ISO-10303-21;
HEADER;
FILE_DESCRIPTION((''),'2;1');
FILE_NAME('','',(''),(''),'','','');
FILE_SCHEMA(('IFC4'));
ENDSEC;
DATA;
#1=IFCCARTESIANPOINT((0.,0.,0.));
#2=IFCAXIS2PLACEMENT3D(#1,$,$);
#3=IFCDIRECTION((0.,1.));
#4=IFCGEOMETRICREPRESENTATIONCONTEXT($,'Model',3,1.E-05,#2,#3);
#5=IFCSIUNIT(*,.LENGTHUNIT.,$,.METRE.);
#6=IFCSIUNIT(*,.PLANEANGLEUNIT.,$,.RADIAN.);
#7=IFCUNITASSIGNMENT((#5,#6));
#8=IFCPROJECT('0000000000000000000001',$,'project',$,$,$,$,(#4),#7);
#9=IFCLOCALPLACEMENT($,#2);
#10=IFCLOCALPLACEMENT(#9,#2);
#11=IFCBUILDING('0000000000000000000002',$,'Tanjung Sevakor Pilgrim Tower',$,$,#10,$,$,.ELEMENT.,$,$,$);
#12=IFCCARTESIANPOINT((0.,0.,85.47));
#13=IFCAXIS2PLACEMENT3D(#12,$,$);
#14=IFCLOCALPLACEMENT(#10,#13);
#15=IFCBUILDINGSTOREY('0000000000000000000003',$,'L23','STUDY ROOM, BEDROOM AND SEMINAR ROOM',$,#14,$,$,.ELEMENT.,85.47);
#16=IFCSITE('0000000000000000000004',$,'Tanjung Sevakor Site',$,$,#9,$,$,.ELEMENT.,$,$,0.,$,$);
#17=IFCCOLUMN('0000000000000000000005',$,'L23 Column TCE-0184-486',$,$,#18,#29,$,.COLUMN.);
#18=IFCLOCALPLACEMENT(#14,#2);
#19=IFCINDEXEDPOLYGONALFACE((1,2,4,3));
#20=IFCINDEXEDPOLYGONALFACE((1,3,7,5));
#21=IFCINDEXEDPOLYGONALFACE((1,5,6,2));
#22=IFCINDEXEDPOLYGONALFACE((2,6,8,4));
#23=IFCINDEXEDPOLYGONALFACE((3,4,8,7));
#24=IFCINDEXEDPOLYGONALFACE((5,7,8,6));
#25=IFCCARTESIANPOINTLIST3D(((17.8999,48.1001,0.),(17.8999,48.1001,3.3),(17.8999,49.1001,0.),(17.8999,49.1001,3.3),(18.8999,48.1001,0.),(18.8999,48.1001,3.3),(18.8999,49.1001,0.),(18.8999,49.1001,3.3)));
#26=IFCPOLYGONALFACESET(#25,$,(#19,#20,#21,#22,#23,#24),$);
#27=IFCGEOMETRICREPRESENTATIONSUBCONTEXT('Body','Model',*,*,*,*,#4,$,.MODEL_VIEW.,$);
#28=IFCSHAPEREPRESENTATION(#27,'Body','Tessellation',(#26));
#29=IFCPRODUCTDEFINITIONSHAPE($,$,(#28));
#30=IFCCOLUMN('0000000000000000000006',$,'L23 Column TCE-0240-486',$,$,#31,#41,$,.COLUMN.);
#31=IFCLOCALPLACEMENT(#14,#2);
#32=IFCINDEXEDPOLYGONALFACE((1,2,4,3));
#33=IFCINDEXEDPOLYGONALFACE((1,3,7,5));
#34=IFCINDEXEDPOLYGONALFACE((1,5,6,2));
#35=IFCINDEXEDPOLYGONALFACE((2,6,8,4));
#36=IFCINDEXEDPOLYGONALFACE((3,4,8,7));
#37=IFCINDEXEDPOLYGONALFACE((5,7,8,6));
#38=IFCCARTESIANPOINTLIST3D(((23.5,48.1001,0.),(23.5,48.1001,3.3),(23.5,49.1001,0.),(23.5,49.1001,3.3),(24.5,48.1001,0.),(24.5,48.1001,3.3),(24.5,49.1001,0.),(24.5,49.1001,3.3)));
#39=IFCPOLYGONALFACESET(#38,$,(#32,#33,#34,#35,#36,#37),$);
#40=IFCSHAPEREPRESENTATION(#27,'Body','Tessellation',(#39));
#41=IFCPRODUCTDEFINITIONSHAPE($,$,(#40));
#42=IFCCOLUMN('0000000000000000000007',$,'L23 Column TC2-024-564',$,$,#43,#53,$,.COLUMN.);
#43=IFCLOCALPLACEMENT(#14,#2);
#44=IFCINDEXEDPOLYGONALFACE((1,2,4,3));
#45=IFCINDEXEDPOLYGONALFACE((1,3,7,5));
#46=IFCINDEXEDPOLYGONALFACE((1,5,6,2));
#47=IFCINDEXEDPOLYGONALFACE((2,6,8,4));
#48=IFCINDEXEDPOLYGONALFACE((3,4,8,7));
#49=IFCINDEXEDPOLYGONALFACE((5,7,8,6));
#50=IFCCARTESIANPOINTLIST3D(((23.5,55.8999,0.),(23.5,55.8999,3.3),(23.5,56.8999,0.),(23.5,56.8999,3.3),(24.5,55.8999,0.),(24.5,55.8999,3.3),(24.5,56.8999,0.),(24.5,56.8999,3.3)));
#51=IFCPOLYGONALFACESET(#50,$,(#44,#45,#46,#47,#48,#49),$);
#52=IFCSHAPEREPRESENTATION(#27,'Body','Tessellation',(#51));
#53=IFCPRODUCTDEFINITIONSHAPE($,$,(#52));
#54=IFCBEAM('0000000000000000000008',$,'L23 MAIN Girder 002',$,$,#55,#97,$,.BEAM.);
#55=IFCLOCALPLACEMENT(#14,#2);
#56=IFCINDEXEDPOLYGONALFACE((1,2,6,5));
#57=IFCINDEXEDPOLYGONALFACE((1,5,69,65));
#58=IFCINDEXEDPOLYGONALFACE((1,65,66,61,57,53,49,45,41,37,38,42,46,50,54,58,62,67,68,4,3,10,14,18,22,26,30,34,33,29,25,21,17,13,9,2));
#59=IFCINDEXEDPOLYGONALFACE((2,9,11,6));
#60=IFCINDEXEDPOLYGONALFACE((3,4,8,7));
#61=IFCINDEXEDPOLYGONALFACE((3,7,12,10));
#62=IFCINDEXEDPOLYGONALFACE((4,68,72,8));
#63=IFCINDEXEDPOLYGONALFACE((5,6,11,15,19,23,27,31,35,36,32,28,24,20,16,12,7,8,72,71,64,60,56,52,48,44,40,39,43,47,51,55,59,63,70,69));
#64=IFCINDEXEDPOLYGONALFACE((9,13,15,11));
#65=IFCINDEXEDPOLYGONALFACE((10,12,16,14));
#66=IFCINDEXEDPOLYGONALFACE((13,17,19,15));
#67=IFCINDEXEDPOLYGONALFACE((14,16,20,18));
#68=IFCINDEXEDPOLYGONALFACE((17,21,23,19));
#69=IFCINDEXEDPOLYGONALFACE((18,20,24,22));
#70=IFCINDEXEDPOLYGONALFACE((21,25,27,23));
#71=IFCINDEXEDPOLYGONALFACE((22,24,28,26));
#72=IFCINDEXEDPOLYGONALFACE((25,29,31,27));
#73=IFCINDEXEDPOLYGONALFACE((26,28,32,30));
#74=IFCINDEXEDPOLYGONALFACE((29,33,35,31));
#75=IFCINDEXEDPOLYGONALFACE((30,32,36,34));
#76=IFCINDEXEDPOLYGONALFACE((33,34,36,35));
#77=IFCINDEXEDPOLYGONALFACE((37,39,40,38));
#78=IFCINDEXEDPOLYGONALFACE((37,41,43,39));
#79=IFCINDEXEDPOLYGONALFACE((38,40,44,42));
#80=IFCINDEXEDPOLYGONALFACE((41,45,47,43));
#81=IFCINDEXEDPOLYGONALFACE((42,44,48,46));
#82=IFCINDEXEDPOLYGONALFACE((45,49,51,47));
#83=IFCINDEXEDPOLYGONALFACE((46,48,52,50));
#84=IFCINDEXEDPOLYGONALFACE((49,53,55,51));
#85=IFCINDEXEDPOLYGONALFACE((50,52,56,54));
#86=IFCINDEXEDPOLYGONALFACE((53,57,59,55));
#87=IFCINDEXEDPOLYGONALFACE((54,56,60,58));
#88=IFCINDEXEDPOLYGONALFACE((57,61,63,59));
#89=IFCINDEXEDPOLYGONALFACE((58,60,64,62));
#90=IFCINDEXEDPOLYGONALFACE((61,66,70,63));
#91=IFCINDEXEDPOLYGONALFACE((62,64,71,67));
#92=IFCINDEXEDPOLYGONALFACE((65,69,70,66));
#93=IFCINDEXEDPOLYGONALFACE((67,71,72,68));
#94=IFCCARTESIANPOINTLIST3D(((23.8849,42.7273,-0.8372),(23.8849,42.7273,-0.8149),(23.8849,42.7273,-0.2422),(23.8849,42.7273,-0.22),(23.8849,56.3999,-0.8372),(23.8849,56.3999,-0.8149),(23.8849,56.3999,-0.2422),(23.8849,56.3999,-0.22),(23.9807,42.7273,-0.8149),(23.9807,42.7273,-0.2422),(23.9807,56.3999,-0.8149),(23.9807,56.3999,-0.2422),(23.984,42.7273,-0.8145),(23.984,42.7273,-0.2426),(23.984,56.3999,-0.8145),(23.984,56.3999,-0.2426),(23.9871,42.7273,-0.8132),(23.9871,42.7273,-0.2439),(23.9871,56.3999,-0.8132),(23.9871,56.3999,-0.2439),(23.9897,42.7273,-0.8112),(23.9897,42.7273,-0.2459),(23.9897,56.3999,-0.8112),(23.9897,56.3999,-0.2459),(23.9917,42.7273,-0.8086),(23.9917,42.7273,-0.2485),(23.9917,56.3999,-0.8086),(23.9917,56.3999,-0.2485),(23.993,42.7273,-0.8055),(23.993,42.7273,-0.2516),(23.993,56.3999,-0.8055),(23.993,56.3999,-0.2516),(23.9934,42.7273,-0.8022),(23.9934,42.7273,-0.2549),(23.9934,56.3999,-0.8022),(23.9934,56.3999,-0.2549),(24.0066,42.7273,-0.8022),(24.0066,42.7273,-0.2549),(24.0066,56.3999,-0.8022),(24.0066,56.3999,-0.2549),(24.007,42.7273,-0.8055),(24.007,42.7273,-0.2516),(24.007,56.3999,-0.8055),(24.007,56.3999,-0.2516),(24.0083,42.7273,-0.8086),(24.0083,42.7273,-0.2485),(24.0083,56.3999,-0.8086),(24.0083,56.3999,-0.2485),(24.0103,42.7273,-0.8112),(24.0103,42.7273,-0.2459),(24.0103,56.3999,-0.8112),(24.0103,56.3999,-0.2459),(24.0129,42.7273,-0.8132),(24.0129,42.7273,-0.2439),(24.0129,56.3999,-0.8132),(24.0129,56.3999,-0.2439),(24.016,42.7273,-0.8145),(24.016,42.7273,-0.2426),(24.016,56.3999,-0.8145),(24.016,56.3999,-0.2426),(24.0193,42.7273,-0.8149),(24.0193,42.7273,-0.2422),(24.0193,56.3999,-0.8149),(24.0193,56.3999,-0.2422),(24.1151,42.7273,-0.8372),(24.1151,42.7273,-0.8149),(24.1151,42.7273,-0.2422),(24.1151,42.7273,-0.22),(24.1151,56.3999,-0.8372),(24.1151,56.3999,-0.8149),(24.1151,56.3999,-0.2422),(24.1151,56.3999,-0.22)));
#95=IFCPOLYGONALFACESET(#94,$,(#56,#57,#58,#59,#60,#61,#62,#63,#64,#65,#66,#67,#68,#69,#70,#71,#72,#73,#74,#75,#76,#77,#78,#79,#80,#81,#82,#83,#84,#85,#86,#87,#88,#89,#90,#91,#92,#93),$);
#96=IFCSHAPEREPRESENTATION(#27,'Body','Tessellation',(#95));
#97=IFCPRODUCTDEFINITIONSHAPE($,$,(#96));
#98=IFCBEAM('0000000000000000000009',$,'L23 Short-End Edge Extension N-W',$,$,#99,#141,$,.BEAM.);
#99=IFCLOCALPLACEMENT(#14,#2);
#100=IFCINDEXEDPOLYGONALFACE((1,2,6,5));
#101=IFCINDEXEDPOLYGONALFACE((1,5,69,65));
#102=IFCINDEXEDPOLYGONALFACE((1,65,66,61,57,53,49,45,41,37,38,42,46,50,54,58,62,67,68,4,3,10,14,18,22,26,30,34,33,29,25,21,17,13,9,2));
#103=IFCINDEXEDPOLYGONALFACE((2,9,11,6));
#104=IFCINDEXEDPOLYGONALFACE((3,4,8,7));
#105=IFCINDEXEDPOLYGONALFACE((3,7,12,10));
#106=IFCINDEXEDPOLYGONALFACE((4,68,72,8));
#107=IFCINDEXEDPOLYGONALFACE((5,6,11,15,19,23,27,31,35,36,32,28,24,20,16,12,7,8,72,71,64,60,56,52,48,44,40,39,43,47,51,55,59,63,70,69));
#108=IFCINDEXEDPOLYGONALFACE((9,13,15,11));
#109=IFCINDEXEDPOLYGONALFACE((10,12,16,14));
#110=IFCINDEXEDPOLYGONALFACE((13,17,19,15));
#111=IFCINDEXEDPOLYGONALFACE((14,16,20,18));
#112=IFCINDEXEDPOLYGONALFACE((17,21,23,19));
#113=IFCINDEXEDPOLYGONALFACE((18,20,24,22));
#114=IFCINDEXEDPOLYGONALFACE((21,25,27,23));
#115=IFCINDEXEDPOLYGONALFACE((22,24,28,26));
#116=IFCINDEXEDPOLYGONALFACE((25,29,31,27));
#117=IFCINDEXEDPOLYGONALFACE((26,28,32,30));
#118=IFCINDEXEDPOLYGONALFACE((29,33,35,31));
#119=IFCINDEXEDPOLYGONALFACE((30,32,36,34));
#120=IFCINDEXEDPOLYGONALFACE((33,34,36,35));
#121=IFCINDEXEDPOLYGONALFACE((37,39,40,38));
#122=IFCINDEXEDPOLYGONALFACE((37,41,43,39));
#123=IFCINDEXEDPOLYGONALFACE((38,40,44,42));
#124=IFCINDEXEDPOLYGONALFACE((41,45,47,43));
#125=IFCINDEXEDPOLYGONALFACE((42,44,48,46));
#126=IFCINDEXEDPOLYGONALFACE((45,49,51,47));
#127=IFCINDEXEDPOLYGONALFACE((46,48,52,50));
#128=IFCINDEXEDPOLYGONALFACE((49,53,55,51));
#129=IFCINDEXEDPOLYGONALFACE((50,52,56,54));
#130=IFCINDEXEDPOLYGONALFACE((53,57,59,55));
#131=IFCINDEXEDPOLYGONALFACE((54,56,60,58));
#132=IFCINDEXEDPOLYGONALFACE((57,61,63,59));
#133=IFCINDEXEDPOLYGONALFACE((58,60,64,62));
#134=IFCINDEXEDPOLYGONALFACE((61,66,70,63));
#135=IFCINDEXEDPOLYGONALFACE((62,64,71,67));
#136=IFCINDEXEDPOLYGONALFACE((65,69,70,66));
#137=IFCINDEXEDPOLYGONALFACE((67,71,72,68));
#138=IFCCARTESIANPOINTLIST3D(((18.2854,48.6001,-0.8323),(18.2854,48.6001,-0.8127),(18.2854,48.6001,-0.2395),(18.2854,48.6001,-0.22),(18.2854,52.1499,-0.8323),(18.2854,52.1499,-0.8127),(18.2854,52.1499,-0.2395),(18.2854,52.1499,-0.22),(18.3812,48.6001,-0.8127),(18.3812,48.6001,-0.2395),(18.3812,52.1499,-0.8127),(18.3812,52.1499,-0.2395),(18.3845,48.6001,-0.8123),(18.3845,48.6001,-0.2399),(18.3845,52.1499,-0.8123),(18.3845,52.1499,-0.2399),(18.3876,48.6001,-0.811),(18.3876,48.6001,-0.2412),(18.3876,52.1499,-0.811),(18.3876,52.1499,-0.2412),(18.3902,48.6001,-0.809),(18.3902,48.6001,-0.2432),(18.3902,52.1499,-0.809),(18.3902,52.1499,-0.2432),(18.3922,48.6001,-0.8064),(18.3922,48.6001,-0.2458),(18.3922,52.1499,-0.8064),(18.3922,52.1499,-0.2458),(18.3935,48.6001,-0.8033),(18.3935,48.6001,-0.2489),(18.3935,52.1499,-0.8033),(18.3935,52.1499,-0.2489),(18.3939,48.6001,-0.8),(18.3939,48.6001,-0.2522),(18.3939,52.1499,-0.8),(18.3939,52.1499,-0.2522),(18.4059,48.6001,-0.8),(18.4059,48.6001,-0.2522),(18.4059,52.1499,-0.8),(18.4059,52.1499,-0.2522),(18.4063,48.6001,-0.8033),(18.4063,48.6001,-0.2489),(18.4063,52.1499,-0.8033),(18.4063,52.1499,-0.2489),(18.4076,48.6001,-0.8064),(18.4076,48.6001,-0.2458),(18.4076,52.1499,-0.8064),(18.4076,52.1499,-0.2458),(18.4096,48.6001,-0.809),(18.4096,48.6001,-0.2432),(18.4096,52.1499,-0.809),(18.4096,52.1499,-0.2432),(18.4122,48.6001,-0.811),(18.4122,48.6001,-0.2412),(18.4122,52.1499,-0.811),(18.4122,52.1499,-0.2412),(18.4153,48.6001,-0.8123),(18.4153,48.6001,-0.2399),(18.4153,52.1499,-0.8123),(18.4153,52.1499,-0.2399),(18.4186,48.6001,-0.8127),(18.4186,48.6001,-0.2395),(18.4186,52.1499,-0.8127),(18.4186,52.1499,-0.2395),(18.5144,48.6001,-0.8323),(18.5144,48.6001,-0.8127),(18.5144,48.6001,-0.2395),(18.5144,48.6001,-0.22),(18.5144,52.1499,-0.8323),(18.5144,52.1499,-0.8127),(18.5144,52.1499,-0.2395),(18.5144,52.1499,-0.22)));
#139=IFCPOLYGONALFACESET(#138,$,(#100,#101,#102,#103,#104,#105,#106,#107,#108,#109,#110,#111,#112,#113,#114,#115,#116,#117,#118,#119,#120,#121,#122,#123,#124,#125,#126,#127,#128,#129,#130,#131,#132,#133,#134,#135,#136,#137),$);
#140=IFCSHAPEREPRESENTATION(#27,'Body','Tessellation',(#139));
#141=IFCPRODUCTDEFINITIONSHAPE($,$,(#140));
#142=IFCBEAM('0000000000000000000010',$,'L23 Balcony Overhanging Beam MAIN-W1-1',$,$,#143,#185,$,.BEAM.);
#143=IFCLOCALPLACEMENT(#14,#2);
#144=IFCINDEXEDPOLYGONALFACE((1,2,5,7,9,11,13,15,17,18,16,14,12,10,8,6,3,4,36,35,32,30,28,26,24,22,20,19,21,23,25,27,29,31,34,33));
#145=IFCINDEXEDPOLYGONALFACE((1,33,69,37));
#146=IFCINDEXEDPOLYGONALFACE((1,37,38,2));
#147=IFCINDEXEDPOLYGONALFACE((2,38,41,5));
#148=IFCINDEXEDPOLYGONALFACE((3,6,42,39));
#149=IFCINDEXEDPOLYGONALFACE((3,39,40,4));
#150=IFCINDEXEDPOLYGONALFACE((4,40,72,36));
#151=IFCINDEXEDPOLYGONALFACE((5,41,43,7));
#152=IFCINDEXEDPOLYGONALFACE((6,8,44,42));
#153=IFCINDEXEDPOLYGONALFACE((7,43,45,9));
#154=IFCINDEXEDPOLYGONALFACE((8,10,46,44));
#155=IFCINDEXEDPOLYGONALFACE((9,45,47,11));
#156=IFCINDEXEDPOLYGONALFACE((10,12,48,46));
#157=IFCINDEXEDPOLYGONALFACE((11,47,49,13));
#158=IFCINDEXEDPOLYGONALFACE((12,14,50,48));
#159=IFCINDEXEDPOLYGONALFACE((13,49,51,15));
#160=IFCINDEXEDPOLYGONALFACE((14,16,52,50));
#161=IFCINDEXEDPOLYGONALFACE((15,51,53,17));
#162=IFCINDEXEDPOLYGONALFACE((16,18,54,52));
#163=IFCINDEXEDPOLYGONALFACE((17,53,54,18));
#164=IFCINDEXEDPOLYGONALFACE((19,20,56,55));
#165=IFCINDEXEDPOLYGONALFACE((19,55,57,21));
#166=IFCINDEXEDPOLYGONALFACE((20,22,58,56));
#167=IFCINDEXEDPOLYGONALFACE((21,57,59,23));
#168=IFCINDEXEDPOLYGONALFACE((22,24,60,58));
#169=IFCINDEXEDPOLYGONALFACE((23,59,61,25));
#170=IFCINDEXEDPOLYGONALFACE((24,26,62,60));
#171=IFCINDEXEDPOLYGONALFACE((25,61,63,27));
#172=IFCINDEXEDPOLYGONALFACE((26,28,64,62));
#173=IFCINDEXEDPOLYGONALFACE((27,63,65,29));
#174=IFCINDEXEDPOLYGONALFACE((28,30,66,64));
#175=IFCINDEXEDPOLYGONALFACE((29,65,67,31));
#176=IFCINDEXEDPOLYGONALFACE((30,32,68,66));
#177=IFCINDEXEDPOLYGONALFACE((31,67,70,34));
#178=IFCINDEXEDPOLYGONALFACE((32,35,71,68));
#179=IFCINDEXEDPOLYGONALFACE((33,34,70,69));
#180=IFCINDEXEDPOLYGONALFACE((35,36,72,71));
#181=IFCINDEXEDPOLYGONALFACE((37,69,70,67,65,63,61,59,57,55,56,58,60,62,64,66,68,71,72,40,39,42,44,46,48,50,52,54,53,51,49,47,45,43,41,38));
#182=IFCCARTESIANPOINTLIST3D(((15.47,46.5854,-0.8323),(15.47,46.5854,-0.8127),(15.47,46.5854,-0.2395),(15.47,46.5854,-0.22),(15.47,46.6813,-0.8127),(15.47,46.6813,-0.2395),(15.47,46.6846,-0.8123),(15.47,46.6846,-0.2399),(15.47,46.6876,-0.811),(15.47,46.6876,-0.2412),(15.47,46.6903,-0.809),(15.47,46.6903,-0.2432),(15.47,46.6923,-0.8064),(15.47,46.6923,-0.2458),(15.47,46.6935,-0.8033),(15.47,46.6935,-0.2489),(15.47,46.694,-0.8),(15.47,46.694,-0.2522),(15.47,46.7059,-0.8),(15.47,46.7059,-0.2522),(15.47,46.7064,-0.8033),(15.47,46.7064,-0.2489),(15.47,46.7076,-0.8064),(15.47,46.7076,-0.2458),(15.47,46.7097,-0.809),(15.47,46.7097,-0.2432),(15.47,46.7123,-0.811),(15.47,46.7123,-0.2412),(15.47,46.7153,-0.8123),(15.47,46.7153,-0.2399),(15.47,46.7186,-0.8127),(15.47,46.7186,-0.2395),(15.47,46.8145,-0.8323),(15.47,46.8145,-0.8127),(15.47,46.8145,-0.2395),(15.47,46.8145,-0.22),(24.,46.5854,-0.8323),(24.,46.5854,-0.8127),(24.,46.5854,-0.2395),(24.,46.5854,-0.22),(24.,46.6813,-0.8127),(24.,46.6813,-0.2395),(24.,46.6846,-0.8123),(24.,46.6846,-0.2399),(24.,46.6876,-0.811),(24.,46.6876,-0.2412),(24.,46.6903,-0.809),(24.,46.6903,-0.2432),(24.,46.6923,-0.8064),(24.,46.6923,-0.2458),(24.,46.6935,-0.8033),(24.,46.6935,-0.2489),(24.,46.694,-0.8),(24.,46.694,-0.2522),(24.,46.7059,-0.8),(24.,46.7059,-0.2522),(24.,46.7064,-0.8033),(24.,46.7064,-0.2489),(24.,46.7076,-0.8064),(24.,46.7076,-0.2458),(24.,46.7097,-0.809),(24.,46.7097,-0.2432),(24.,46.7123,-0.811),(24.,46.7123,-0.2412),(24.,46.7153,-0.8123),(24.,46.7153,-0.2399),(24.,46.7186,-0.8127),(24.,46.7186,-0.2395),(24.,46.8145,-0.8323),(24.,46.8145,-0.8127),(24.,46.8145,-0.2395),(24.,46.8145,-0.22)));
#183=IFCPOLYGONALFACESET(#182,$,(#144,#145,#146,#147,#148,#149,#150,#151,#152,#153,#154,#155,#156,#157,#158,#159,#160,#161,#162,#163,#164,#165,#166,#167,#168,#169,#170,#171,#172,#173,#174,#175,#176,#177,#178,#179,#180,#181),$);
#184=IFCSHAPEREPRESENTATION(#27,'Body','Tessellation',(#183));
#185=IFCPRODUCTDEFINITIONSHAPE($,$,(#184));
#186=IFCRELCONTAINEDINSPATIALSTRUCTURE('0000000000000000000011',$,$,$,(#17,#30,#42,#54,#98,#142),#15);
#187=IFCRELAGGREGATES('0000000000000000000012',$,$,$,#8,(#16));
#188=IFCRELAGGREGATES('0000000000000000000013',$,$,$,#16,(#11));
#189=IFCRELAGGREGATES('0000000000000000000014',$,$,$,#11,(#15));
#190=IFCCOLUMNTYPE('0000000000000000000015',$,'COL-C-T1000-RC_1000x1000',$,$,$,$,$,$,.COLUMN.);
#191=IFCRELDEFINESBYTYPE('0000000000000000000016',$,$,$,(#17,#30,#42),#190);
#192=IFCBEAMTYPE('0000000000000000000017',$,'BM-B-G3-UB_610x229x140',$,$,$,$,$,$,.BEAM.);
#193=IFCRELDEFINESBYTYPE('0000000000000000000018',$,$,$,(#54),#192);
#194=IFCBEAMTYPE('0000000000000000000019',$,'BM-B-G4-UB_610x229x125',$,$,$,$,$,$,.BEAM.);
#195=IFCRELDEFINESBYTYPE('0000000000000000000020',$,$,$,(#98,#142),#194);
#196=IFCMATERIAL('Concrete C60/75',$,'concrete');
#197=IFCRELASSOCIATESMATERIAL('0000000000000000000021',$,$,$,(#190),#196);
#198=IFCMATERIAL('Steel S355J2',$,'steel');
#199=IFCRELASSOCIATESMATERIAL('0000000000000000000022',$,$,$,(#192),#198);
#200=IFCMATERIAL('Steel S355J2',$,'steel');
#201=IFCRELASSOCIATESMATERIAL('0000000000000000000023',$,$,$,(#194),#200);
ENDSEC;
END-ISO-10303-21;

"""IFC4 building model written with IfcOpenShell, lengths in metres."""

from ifc_helpers import new_model, si_unit, direction, frame, origin, origin_2d, place, context, subcontext, project, spatial, rectangle, i_section, extrude, material, material_profile, profile_set, type_object, element, save


model = new_model("IFC4")

# Units and contexts
model_context = context("Model", 3, precision=1e-05, world=origin(), true_north=direction((0.0, 1.0)))
body_context = subcontext(model_context, "Body", "Model", "MODEL_VIEW")
ifc_project = project(units=[si_unit("LENGTHUNIT", "METRE"), si_unit("PLANEANGLEUNIT", "RADIAN")], contexts=[model_context])

# Site, building, storey
site_placement = place(None, origin())
site = spatial("IfcSite", under=ifc_project, at=site_placement, Name="Tanjung Sevakor Site", CompositionType="ELEMENT", RefElevation=0.0)
building_placement = place(site_placement, origin())
building = spatial("IfcBuilding", under=site, at=building_placement, Name="Tanjung Sevakor Pilgrim Tower", CompositionType="ELEMENT")
storey_placement = place(building_placement, frame((0.0, 0.0, 85.47)))
storey = spatial("IfcBuildingStorey", under=building, at=storey_placement, Name="L23", Description="STUDY ROOM, BEDROOM AND SEMINAR ROOM", CompositionType="ELEMENT", Elevation=85.47)

# Columns
ifc_material_1 = material(Name="Concrete C60/75", Category="concrete")
ifc_material_profile_1 = material_profile(ifc_material_1, rectangle(XDim=1.0, YDim=1.0, at=origin_2d()))
ifc_profile_set_1 = profile_set([ifc_material_profile_1], Name="Concrete C60/75")
column_type = type_object("IfcColumnType", Name="COL-C-T1000-RC_1000x1000", PredefinedType="COLUMN", material=ifc_profile_set_1)
for number, where, z_axis, x_axis, name in (
    (1, (18.3999, 48.6001, 0.0), (0.0, 0.0, 1.0), (1.0, 0.0, 0.0), "L23 Column TCE-0184-486"),
    (2, (24.0, 48.6001, 0.0), (0.0, 0.0, 1.0), (1.0, 0.0, 0.0), "L23 Column TCE-0240-486"),
    (3, (24.0, 56.3999, 0.0), (0.0, 0.0, 1.0), (1.0, 0.0, 0.0), "L23 Column TC2-024-564"),
):
    element("IfcColumn", number, at=place(storey_placement, frame(where, z_axis=z_axis, x_axis=x_axis)), inside=storey, type_object=column_type, Name=name, PredefinedType="COLUMN", context=body_context, shape_type="SweptSolid", body=[
        extrude(rectangle(XDim=1.0, YDim=1.0, at=origin_2d()), origin(), (0.0, 0.0, 1.0), 3.3),
    ])

# Beams
ifc_material_2 = material(Name="Steel S355J2", Category="steel")
ifc_material_profile_2 = material_profile(ifc_material_2, i_section(OverallWidth=0.2302, OverallDepth=0.6172, WebThickness=0.0132, FlangeThickness=0.0222, FilletRadius=0.0127, at=origin_2d()))
ifc_profile_set_2 = profile_set([ifc_material_profile_2], Name="Steel S355J2")
beam_type_1 = type_object("IfcBeamType", Name="BM-B-G3-UB_610x229x140", PredefinedType="BEAM", material=ifc_profile_set_2)
beam_1_placement = place(storey_placement, frame((24.0, 42.7273, -0.5286), z_axis=(0.0, 1.0, 0.0), x_axis=(-1.0, 0.0, 0.0)))
element("IfcBeam", 4, at=beam_1_placement, inside=storey, type_object=beam_type_1, Name="L23 MAIN Girder 002", PredefinedType="BEAM", context=body_context, shape_type="SweptSolid", body=[
    extrude(i_section(OverallWidth=0.2302, OverallDepth=0.6172, WebThickness=0.0132, FlangeThickness=0.0222, FilletRadius=0.0127, at=origin_2d()), origin(), (0.0, 0.0, 1.0), 13.6726),
])
ifc_material_3 = material(Name="Steel S355J2", Category="steel")
ifc_material_profile_3 = material_profile(ifc_material_3, i_section(OverallWidth=0.229, OverallDepth=0.6123, WebThickness=0.012, FlangeThickness=0.0195, FilletRadius=0.0127, at=origin_2d()))
ifc_profile_set_3 = profile_set([ifc_material_profile_3], Name="Steel S355J2")
beam_type_2 = type_object("IfcBeamType", Name="BM-B-G4-UB_610x229x125", PredefinedType="BEAM", material=ifc_profile_set_3)
beam_2_placement = place(storey_placement, frame((18.3999, 48.6001, -0.5261), z_axis=(0.0, 1.0, 0.0), x_axis=(-1.0, 0.0, 0.0)))
element("IfcBeam", 5, at=beam_2_placement, inside=storey, type_object=beam_type_2, Name="L23 Short-End Edge Extension N-W", PredefinedType="BEAM", context=body_context, shape_type="SweptSolid", body=[
    extrude(i_section(OverallWidth=0.229, OverallDepth=0.6123, WebThickness=0.012, FlangeThickness=0.0195, FilletRadius=0.0127, at=origin_2d()), origin(), (0.0, 0.0, 1.0), 3.5498),
])
for number, where, z_axis, x_axis, name in (
    (6, (24.0, 46.7, -0.5261), (-1.0, 0.0, 0.0), (0.0, -1.0, 0.0), "L23 Balcony Overhanging Beam MAIN-W1-1"),
):
    element("IfcBeam", number, at=place(storey_placement, frame(where, z_axis=z_axis, x_axis=x_axis)), inside=storey, type_object=beam_type_2, Name=name, PredefinedType="BEAM", context=body_context, shape_type="SweptSolid", body=[
        extrude(i_section(OverallWidth=0.229, OverallDepth=0.6123, WebThickness=0.012, FlangeThickness=0.0195, FilletRadius=0.0127, at=origin_2d()), origin(), (0.0, 0.0, 1.0), 8.53),
    ])

save(model, "model.ifc")
